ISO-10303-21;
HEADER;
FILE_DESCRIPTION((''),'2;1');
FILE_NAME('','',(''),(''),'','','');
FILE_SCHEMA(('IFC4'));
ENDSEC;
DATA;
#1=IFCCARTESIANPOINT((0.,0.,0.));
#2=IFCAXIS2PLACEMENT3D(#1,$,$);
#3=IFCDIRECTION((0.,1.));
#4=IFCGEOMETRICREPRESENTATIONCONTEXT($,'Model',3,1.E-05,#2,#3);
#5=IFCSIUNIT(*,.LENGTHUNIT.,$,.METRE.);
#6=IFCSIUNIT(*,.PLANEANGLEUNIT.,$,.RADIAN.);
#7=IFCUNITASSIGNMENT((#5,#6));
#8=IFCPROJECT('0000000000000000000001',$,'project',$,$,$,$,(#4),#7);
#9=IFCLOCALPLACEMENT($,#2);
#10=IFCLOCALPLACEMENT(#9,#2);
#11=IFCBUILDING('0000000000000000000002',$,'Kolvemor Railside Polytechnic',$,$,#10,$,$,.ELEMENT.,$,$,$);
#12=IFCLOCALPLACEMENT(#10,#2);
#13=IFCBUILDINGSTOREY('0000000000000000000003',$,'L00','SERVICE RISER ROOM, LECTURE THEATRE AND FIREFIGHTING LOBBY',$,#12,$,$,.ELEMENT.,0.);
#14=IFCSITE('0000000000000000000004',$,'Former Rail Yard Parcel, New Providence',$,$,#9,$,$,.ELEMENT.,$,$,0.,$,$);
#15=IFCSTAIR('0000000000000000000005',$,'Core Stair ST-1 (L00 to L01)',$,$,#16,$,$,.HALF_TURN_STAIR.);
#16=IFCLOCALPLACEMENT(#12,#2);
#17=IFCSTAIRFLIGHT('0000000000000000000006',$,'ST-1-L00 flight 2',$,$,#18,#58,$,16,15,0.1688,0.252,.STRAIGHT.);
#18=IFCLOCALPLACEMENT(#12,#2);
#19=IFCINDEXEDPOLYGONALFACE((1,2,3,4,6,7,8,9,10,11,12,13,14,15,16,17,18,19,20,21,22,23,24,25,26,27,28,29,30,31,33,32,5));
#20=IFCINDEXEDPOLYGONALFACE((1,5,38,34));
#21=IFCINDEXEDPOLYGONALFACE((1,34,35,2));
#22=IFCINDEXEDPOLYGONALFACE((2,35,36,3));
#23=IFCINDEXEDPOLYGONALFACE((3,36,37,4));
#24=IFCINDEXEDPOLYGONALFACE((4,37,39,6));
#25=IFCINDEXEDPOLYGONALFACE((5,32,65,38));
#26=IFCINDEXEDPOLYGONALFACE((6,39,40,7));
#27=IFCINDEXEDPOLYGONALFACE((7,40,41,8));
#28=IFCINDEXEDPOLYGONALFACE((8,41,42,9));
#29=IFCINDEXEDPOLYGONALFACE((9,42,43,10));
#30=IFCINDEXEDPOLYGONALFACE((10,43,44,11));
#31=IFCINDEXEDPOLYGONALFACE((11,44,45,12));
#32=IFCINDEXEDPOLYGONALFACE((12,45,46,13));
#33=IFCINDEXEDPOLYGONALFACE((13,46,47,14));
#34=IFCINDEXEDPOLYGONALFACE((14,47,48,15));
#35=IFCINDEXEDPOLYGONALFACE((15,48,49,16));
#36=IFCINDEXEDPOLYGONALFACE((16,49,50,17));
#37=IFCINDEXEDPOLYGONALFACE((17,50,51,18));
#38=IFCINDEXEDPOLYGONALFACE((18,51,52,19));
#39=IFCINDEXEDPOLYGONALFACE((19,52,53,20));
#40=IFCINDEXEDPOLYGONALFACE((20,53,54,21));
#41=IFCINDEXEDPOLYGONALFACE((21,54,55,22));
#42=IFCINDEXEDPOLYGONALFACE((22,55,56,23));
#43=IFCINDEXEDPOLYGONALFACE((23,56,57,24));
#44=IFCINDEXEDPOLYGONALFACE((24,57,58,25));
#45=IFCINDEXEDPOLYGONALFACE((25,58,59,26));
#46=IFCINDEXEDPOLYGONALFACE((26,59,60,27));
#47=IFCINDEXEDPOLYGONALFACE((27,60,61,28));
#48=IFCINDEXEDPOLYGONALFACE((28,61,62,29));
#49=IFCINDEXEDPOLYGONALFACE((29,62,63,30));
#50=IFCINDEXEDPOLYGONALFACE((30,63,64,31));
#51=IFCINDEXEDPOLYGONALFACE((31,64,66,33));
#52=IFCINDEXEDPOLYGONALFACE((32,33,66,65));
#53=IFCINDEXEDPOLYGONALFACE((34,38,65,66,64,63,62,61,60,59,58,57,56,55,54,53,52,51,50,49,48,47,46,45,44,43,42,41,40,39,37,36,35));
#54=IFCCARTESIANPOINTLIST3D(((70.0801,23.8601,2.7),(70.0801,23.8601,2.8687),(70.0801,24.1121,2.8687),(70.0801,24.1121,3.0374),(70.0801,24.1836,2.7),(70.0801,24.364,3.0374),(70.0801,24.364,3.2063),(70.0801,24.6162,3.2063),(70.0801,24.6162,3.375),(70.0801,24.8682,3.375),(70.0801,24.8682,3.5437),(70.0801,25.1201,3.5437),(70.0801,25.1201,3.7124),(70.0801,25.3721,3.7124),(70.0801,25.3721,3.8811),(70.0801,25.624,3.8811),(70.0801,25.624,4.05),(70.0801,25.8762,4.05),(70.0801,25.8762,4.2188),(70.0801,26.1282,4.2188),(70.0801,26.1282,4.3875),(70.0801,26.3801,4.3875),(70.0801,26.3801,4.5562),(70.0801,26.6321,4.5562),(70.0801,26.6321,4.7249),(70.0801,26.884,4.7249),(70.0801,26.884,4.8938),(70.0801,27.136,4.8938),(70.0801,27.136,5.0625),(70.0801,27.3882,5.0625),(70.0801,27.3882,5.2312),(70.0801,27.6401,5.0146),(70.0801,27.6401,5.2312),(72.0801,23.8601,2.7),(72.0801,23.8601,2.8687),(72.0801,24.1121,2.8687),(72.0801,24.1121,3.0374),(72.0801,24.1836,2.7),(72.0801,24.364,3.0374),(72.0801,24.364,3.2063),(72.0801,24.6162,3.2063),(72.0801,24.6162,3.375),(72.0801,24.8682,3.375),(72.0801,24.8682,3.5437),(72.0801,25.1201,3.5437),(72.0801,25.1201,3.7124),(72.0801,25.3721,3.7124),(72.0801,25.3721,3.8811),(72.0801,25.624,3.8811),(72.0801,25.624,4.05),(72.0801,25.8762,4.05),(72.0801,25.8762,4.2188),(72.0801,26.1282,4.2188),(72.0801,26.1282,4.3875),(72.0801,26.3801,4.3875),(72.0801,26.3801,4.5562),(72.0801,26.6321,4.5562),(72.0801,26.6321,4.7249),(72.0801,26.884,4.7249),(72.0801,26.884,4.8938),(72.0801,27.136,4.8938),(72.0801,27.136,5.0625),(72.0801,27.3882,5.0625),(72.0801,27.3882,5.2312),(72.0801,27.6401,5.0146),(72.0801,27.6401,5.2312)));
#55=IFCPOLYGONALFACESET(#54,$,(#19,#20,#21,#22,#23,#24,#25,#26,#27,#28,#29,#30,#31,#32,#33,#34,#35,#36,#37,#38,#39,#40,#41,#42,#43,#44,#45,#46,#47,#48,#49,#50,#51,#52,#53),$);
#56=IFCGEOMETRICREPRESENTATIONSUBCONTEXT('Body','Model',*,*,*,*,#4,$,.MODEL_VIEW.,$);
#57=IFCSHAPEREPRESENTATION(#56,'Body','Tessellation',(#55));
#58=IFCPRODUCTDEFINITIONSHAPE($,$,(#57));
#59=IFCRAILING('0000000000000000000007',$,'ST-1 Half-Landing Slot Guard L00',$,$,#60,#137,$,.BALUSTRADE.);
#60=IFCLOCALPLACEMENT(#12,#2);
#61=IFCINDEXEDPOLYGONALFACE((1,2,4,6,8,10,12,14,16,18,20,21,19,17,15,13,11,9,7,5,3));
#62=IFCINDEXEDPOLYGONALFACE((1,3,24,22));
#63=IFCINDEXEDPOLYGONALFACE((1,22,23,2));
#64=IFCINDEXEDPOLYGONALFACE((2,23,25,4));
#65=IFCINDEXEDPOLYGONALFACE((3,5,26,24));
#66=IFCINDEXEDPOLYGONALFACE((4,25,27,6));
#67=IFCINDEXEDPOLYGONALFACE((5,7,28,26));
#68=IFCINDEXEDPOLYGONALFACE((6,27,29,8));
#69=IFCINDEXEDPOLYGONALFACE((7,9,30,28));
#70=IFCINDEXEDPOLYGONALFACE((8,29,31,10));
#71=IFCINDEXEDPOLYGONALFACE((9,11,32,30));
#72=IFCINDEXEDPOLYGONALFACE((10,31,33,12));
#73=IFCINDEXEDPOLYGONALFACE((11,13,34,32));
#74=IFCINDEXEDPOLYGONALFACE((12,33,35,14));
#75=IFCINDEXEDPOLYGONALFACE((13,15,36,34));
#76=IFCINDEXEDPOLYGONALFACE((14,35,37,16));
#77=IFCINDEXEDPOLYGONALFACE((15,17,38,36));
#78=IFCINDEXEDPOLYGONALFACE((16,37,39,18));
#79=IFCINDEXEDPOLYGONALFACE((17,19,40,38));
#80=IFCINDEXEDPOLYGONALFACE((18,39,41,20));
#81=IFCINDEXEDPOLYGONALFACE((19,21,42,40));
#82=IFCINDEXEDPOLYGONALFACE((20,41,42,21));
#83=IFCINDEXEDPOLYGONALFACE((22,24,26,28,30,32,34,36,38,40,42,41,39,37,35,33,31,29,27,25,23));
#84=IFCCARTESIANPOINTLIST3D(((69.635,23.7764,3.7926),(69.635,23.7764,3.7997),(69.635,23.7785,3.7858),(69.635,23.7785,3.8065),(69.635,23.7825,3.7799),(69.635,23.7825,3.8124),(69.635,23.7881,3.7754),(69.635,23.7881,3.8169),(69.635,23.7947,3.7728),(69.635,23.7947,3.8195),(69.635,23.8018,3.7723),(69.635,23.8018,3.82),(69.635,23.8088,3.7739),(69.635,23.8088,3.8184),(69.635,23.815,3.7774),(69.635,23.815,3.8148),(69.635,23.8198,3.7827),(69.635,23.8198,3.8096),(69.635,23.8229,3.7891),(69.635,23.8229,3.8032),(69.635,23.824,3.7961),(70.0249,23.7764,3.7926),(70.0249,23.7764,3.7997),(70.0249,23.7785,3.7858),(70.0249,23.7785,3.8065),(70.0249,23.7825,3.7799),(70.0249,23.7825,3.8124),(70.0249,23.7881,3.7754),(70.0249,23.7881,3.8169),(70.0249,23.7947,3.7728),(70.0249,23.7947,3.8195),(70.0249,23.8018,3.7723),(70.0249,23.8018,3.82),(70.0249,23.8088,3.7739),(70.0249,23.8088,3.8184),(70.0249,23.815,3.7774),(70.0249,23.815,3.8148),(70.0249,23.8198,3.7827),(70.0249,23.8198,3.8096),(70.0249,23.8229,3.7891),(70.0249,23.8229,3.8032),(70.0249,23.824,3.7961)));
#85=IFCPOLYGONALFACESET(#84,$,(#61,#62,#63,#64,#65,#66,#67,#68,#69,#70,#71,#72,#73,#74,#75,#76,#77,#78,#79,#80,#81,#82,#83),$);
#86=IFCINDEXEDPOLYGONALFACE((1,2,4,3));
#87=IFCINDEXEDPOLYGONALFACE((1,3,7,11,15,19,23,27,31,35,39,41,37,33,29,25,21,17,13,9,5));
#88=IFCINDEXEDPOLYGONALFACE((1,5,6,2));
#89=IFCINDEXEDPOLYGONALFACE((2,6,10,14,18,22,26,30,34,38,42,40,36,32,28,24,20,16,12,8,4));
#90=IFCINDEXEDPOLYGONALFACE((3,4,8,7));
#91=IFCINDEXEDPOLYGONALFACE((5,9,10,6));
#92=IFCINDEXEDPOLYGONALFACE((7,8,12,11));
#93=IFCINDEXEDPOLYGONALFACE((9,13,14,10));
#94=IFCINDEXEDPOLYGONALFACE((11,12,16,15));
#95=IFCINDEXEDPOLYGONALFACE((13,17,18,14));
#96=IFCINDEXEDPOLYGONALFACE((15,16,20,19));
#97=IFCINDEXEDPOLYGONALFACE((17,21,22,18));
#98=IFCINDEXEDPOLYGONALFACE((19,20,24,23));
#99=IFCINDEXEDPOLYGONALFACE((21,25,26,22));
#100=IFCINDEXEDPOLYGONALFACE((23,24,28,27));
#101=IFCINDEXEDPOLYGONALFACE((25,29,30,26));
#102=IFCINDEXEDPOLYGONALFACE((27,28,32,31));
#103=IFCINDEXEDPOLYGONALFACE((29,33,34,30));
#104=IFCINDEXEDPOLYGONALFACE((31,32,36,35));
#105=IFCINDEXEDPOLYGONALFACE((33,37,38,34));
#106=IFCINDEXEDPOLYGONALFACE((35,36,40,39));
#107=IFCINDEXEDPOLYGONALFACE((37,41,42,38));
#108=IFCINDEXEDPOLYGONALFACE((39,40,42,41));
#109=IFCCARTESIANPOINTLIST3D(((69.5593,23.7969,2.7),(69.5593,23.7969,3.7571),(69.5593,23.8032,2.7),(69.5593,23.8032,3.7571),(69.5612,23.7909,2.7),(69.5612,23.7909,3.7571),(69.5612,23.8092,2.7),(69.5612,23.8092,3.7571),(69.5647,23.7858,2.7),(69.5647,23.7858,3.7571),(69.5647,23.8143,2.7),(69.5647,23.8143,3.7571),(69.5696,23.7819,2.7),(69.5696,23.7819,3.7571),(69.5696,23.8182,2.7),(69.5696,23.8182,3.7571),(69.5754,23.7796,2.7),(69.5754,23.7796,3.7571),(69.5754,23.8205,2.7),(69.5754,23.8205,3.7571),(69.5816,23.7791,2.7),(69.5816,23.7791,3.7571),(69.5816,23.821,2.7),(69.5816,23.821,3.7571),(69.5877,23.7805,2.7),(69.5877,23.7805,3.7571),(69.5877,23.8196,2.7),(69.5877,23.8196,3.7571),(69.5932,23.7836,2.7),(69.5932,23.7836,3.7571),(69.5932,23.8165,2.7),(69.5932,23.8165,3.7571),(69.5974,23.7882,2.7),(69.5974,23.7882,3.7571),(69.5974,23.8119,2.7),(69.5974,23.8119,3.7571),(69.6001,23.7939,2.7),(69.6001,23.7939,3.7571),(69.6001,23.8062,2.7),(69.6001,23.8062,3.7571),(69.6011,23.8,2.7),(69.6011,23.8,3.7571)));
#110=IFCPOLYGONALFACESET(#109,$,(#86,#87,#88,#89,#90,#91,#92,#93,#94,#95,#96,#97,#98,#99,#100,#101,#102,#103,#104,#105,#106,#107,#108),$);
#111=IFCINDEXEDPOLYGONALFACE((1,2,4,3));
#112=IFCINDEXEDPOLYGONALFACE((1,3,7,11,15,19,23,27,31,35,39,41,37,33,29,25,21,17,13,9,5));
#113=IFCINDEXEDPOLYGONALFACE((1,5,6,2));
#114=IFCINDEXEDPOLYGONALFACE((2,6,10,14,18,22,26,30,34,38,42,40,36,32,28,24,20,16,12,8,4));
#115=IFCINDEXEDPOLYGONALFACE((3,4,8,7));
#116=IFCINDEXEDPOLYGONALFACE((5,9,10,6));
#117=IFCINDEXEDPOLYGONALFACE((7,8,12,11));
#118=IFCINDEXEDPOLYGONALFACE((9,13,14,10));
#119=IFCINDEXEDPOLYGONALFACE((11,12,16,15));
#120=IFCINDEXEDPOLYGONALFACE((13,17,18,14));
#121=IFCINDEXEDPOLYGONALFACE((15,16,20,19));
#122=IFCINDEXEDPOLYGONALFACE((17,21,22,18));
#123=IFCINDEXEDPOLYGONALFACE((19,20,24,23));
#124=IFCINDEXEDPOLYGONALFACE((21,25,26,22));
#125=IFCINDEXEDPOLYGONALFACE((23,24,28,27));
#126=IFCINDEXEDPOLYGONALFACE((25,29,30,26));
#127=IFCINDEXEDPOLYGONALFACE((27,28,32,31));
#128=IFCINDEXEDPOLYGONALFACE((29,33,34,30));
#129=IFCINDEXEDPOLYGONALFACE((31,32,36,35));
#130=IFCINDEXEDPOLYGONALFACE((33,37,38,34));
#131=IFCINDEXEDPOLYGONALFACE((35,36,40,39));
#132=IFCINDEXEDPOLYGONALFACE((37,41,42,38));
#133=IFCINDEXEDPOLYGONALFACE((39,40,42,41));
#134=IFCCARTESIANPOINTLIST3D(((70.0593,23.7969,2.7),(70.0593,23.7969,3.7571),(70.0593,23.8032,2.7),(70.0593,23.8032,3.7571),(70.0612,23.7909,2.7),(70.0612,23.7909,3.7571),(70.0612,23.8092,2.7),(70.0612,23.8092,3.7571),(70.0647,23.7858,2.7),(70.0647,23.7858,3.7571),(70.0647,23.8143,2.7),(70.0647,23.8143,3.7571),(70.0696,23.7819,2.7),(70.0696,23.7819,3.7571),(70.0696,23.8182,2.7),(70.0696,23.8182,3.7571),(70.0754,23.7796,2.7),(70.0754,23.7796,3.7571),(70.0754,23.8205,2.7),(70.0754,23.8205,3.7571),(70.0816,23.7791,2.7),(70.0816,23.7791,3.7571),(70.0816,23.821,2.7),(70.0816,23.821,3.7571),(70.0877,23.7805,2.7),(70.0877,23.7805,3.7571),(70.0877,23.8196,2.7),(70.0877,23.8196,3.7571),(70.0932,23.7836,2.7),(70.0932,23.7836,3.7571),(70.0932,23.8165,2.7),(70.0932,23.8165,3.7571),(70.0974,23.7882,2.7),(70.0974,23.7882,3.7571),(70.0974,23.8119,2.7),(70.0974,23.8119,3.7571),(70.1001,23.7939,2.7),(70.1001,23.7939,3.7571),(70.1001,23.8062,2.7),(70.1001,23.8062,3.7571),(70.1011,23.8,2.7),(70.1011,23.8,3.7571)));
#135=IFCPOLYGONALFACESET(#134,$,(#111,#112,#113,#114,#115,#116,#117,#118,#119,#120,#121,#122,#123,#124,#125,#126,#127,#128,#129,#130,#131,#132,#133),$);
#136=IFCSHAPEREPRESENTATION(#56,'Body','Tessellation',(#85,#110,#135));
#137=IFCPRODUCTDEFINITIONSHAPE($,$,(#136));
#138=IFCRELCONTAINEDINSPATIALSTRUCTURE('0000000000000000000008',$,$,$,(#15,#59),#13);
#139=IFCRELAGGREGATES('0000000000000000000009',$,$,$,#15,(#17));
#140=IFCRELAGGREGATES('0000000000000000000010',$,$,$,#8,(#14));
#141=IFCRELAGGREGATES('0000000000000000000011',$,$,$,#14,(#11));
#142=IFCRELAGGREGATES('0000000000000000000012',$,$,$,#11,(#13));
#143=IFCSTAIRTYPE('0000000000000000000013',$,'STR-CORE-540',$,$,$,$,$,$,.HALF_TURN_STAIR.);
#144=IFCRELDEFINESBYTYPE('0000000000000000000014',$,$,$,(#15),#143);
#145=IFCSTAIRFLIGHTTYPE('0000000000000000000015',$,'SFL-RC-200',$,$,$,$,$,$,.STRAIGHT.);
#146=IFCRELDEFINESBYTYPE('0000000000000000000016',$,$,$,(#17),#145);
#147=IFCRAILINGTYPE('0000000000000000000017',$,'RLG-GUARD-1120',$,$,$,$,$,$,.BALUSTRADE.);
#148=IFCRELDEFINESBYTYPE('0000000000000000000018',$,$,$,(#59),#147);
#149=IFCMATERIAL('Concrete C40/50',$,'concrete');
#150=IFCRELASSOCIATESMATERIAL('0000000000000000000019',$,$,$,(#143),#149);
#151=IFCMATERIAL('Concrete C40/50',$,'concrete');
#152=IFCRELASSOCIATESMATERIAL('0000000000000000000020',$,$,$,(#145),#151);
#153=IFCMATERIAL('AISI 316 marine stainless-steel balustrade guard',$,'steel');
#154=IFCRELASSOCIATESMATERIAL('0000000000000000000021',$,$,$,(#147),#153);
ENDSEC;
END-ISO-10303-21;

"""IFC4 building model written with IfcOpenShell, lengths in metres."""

from ifc_helpers import new_model, si_unit, direction, frame, origin, origin_2d, place, context, subcontext, project, spatial, polyline, circle, outline, extrude, material, type_object, element, aggregate, save


model = new_model("IFC4")

# Units and contexts
model_context = context("Model", 3, precision=1e-05, world=origin(), true_north=direction((0.0, 1.0)))
body_context = subcontext(model_context, "Body", "Model", "MODEL_VIEW")
ifc_project = project(units=[si_unit("LENGTHUNIT", "METRE"), si_unit("PLANEANGLEUNIT", "RADIAN")], contexts=[model_context])

# Site, building, storey
site_placement = place(None, origin())
site = spatial("IfcSite", under=ifc_project, at=site_placement, Name="Former Rail Yard Parcel, New Providence", CompositionType="ELEMENT", RefElevation=0.0)
building_placement = place(site_placement, origin())
building = spatial("IfcBuilding", under=site, at=building_placement, Name="Kolvemor Railside Polytechnic", CompositionType="ELEMENT")
storey_placement = place(building_placement, origin())
storey = spatial("IfcBuildingStorey", under=building, at=storey_placement, Name="L00", Description="SERVICE RISER ROOM, LECTURE THEATRE AND FIREFIGHTING LOBBY", CompositionType="ELEMENT", Elevation=0.0)

# Stair, stair flight
ifc_material_1 = material(Name="Concrete C40/50", Category="concrete")
stair_type = type_object("IfcStairType", Name="STR-CORE-540", PredefinedType="HALF_TURN_STAIR", material=ifc_material_1)
stair_placement = place(storey_placement, origin())
stair = element("IfcStair", 1, at=stair_placement, inside=storey, type_object=stair_type, Name="Core Stair ST-1 (L00 to L01)", PredefinedType="HALF_TURN_STAIR")
ifc_material_2 = material(Name="Concrete C40/50", Category="concrete")
stair_flight_type = type_object("IfcStairFlightType", Name="SFL-RC-200", PredefinedType="STRAIGHT", material=ifc_material_2)
stair_flight_1_placement = place(storey_placement, frame((71.0801, 23.8601, 2.7), z_axis=(0.0, 0.0, 1.0), x_axis=(0.0, 1.0, 0.0)))
stair_flight_1 = element("IfcStairFlight", 2, at=stair_flight_1_placement, type_object=stair_flight_type, Name="ST-1-L00 flight 2", NumberOfRisers=16, NumberOfTreads=15, PredefinedType="STRAIGHT", RiserHeight=0.1688, TreadLength=0.252, context=body_context, shape_type="SweptSolid", body=[
    extrude(outline(polyline([(0.0, 0.0), (0.0, 0.1687), (0.252, 0.1687), (0.252, 0.3374), (0.5039, 0.3374), (0.5039, 0.5063), (0.7561, 0.5063), (0.7561, 0.675), (1.0081, 0.675), (1.0081, 0.8438), (1.26, 0.8438), (1.26, 1.0125), (1.512, 1.0125), (1.512, 1.1812), (1.7639, 1.1812), (1.7639, 1.3501), (2.0161, 1.3501), (2.0161, 1.5188), (2.2681, 1.5188), (2.2681, 1.6875), (2.52, 1.6875), (2.52, 1.8562), (2.772, 1.8562), (2.772, 2.0249), (3.0239, 2.0249), (3.0239, 2.1938), (3.2759, 2.1938), (3.2759, 2.3625), (3.5281, 2.3625), (3.5281, 2.5312), (3.78, 2.5312), (3.78, 2.7), (3.78, 2.3147), (0.3235, 0.0), (0.0, 0.0)])), frame((0.0, 1.0, 0.0), z_axis=(0.0, -1.0, 0.0), x_axis=(1.0, 0.0, 0.0)), (0.0, 0.0, 1.0), 2.0),
])
aggregate(stair, [stair_flight_1])

# Railing
ifc_material_3 = material(Name="AISI 316 marine stainless-steel balustrade guard", Category="steel")
railing_type_1 = type_object("IfcRailingType", Name="RLG-GUARD-1120", PredefinedType="BALUSTRADE", material=ifc_material_3)
railing_1_placement = place(storey_placement, frame((69.5801, 23.8, 2.7)))
element("IfcRailing", 3, at=railing_1_placement, inside=storey, type_object=railing_type_1, Name="ST-1 Half-Landing Slot Guard L00", PredefinedType="BALUSTRADE", context=body_context, shape_type="SweptSolid", body=[
    extrude(circle(Radius=0.0239, at=origin_2d()), frame((0.0549, 0.0, 1.0962), z_axis=(1.0, 0.0, 0.0), x_axis=(0.0, 1.0, 0.0)), (0.0, 0.0, 1.0), 0.3899),
    extrude(circle(Radius=0.021, at=origin_2d()), origin(), (0.0, 0.0, 1.0), 1.0571),
    extrude(circle(Radius=0.021, at=origin_2d()), frame((0.5, 0.0, 0.0)), (0.0, 0.0, 1.0), 1.0571),
])

save(model, "model.ifc")
